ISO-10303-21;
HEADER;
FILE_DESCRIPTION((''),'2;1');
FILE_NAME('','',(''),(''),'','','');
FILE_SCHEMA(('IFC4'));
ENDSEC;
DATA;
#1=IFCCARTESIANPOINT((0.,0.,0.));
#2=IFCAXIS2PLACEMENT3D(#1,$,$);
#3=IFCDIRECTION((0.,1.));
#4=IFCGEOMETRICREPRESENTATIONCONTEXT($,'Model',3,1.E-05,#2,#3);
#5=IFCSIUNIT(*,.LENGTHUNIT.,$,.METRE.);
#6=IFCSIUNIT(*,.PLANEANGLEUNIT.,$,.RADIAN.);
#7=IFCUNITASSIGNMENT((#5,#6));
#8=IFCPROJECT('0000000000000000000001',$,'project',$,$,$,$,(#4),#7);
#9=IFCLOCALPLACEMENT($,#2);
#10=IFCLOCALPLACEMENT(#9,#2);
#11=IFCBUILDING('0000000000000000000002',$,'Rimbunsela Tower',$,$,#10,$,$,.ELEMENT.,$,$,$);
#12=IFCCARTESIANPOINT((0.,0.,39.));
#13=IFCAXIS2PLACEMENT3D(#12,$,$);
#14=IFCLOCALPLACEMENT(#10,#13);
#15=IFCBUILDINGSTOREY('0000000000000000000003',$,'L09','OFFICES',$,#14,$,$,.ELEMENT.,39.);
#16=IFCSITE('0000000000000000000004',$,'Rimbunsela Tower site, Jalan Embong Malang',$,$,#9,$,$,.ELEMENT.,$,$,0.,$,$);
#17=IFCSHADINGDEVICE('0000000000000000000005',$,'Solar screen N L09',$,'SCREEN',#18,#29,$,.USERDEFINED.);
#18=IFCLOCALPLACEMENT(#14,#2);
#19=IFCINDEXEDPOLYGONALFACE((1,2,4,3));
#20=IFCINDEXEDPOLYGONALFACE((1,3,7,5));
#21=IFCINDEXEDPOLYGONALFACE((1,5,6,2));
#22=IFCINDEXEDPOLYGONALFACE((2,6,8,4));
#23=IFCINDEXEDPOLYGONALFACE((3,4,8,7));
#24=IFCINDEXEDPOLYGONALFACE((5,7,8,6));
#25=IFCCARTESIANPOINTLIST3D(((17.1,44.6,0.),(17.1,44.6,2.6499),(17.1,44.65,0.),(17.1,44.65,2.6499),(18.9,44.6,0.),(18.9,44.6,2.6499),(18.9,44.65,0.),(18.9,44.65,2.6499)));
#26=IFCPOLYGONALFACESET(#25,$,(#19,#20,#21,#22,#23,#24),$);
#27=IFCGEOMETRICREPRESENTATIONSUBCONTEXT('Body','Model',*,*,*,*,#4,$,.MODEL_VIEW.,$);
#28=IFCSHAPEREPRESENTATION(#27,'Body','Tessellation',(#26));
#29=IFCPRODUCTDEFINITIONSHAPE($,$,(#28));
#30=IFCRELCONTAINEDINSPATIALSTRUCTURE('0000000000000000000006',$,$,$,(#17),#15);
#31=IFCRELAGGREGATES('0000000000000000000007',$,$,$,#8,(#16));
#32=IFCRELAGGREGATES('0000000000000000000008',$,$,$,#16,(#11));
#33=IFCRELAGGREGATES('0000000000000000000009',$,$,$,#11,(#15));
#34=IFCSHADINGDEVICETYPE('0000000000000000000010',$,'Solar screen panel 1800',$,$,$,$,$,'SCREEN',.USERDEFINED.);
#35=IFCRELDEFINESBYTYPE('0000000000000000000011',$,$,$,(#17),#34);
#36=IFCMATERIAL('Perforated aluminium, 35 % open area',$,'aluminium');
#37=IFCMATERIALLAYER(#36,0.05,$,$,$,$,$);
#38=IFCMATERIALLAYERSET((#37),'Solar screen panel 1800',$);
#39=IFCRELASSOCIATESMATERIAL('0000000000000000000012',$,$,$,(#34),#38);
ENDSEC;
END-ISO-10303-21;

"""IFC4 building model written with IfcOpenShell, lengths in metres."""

from ifc_helpers import new_model, si_unit, direction, frame, origin, origin_2d, place, context, subcontext, project, spatial, rectangle, extrude, material, layer, layer_set, type_object, element, save


model = new_model("IFC4")

# Units and contexts
model_context = context("Model", 3, precision=1e-05, world=origin(), true_north=direction((0.0, 1.0)))
body_context = subcontext(model_context, "Body", "Model", "MODEL_VIEW")
ifc_project = project(units=[si_unit("LENGTHUNIT", "METRE"), si_unit("PLANEANGLEUNIT", "RADIAN")], contexts=[model_context])

# Site, building, storey
site_placement = place(None, origin())
site = spatial("IfcSite", under=ifc_project, at=site_placement, Name="Rimbunsela Tower site, Jalan Embong Malang", CompositionType="ELEMENT", RefElevation=0.0)
building_placement = place(site_placement, origin())
building = spatial("IfcBuilding", under=site, at=building_placement, Name="Rimbunsela Tower", CompositionType="ELEMENT")
storey_placement = place(building_placement, frame((0.0, 0.0, 39.0)))
storey = spatial("IfcBuildingStorey", under=building, at=storey_placement, Name="L09", Description="OFFICES", CompositionType="ELEMENT", Elevation=39.0)

# Shading device
ifc_material_1 = material(Name="Perforated aluminium, 35 % open area", Category="aluminium")
ifc_layer_1 = layer(ifc_material_1, 0.05)
ifc_layer_set_1 = layer_set([ifc_layer_1], Name="Solar screen panel 1800")
shading_device_type = type_object("IfcShadingDeviceType", Name="Solar screen panel 1800", ElementType="SCREEN", PredefinedType="USERDEFINED", material=ifc_layer_set_1)
for number, where, z_axis, x_axis, name in (
    (1, (18.0, 44.625, 0.0), (0.0, 0.0, 1.0), (1.0, 0.0, 0.0), "Solar screen N L09"),
):
    element("IfcShadingDevice", number, at=place(storey_placement, frame(where, z_axis=z_axis, x_axis=x_axis)), inside=storey, type_object=shading_device_type, Name=name, ObjectType="SCREEN", PredefinedType="USERDEFINED", context=body_context, shape_type="SweptSolid", body=[
        extrude(rectangle(XDim=1.8, YDim=0.05, at=origin_2d()), origin(), (0.0, 0.0, 1.0), 2.6499),
    ])

save(model, "model.ifc")
